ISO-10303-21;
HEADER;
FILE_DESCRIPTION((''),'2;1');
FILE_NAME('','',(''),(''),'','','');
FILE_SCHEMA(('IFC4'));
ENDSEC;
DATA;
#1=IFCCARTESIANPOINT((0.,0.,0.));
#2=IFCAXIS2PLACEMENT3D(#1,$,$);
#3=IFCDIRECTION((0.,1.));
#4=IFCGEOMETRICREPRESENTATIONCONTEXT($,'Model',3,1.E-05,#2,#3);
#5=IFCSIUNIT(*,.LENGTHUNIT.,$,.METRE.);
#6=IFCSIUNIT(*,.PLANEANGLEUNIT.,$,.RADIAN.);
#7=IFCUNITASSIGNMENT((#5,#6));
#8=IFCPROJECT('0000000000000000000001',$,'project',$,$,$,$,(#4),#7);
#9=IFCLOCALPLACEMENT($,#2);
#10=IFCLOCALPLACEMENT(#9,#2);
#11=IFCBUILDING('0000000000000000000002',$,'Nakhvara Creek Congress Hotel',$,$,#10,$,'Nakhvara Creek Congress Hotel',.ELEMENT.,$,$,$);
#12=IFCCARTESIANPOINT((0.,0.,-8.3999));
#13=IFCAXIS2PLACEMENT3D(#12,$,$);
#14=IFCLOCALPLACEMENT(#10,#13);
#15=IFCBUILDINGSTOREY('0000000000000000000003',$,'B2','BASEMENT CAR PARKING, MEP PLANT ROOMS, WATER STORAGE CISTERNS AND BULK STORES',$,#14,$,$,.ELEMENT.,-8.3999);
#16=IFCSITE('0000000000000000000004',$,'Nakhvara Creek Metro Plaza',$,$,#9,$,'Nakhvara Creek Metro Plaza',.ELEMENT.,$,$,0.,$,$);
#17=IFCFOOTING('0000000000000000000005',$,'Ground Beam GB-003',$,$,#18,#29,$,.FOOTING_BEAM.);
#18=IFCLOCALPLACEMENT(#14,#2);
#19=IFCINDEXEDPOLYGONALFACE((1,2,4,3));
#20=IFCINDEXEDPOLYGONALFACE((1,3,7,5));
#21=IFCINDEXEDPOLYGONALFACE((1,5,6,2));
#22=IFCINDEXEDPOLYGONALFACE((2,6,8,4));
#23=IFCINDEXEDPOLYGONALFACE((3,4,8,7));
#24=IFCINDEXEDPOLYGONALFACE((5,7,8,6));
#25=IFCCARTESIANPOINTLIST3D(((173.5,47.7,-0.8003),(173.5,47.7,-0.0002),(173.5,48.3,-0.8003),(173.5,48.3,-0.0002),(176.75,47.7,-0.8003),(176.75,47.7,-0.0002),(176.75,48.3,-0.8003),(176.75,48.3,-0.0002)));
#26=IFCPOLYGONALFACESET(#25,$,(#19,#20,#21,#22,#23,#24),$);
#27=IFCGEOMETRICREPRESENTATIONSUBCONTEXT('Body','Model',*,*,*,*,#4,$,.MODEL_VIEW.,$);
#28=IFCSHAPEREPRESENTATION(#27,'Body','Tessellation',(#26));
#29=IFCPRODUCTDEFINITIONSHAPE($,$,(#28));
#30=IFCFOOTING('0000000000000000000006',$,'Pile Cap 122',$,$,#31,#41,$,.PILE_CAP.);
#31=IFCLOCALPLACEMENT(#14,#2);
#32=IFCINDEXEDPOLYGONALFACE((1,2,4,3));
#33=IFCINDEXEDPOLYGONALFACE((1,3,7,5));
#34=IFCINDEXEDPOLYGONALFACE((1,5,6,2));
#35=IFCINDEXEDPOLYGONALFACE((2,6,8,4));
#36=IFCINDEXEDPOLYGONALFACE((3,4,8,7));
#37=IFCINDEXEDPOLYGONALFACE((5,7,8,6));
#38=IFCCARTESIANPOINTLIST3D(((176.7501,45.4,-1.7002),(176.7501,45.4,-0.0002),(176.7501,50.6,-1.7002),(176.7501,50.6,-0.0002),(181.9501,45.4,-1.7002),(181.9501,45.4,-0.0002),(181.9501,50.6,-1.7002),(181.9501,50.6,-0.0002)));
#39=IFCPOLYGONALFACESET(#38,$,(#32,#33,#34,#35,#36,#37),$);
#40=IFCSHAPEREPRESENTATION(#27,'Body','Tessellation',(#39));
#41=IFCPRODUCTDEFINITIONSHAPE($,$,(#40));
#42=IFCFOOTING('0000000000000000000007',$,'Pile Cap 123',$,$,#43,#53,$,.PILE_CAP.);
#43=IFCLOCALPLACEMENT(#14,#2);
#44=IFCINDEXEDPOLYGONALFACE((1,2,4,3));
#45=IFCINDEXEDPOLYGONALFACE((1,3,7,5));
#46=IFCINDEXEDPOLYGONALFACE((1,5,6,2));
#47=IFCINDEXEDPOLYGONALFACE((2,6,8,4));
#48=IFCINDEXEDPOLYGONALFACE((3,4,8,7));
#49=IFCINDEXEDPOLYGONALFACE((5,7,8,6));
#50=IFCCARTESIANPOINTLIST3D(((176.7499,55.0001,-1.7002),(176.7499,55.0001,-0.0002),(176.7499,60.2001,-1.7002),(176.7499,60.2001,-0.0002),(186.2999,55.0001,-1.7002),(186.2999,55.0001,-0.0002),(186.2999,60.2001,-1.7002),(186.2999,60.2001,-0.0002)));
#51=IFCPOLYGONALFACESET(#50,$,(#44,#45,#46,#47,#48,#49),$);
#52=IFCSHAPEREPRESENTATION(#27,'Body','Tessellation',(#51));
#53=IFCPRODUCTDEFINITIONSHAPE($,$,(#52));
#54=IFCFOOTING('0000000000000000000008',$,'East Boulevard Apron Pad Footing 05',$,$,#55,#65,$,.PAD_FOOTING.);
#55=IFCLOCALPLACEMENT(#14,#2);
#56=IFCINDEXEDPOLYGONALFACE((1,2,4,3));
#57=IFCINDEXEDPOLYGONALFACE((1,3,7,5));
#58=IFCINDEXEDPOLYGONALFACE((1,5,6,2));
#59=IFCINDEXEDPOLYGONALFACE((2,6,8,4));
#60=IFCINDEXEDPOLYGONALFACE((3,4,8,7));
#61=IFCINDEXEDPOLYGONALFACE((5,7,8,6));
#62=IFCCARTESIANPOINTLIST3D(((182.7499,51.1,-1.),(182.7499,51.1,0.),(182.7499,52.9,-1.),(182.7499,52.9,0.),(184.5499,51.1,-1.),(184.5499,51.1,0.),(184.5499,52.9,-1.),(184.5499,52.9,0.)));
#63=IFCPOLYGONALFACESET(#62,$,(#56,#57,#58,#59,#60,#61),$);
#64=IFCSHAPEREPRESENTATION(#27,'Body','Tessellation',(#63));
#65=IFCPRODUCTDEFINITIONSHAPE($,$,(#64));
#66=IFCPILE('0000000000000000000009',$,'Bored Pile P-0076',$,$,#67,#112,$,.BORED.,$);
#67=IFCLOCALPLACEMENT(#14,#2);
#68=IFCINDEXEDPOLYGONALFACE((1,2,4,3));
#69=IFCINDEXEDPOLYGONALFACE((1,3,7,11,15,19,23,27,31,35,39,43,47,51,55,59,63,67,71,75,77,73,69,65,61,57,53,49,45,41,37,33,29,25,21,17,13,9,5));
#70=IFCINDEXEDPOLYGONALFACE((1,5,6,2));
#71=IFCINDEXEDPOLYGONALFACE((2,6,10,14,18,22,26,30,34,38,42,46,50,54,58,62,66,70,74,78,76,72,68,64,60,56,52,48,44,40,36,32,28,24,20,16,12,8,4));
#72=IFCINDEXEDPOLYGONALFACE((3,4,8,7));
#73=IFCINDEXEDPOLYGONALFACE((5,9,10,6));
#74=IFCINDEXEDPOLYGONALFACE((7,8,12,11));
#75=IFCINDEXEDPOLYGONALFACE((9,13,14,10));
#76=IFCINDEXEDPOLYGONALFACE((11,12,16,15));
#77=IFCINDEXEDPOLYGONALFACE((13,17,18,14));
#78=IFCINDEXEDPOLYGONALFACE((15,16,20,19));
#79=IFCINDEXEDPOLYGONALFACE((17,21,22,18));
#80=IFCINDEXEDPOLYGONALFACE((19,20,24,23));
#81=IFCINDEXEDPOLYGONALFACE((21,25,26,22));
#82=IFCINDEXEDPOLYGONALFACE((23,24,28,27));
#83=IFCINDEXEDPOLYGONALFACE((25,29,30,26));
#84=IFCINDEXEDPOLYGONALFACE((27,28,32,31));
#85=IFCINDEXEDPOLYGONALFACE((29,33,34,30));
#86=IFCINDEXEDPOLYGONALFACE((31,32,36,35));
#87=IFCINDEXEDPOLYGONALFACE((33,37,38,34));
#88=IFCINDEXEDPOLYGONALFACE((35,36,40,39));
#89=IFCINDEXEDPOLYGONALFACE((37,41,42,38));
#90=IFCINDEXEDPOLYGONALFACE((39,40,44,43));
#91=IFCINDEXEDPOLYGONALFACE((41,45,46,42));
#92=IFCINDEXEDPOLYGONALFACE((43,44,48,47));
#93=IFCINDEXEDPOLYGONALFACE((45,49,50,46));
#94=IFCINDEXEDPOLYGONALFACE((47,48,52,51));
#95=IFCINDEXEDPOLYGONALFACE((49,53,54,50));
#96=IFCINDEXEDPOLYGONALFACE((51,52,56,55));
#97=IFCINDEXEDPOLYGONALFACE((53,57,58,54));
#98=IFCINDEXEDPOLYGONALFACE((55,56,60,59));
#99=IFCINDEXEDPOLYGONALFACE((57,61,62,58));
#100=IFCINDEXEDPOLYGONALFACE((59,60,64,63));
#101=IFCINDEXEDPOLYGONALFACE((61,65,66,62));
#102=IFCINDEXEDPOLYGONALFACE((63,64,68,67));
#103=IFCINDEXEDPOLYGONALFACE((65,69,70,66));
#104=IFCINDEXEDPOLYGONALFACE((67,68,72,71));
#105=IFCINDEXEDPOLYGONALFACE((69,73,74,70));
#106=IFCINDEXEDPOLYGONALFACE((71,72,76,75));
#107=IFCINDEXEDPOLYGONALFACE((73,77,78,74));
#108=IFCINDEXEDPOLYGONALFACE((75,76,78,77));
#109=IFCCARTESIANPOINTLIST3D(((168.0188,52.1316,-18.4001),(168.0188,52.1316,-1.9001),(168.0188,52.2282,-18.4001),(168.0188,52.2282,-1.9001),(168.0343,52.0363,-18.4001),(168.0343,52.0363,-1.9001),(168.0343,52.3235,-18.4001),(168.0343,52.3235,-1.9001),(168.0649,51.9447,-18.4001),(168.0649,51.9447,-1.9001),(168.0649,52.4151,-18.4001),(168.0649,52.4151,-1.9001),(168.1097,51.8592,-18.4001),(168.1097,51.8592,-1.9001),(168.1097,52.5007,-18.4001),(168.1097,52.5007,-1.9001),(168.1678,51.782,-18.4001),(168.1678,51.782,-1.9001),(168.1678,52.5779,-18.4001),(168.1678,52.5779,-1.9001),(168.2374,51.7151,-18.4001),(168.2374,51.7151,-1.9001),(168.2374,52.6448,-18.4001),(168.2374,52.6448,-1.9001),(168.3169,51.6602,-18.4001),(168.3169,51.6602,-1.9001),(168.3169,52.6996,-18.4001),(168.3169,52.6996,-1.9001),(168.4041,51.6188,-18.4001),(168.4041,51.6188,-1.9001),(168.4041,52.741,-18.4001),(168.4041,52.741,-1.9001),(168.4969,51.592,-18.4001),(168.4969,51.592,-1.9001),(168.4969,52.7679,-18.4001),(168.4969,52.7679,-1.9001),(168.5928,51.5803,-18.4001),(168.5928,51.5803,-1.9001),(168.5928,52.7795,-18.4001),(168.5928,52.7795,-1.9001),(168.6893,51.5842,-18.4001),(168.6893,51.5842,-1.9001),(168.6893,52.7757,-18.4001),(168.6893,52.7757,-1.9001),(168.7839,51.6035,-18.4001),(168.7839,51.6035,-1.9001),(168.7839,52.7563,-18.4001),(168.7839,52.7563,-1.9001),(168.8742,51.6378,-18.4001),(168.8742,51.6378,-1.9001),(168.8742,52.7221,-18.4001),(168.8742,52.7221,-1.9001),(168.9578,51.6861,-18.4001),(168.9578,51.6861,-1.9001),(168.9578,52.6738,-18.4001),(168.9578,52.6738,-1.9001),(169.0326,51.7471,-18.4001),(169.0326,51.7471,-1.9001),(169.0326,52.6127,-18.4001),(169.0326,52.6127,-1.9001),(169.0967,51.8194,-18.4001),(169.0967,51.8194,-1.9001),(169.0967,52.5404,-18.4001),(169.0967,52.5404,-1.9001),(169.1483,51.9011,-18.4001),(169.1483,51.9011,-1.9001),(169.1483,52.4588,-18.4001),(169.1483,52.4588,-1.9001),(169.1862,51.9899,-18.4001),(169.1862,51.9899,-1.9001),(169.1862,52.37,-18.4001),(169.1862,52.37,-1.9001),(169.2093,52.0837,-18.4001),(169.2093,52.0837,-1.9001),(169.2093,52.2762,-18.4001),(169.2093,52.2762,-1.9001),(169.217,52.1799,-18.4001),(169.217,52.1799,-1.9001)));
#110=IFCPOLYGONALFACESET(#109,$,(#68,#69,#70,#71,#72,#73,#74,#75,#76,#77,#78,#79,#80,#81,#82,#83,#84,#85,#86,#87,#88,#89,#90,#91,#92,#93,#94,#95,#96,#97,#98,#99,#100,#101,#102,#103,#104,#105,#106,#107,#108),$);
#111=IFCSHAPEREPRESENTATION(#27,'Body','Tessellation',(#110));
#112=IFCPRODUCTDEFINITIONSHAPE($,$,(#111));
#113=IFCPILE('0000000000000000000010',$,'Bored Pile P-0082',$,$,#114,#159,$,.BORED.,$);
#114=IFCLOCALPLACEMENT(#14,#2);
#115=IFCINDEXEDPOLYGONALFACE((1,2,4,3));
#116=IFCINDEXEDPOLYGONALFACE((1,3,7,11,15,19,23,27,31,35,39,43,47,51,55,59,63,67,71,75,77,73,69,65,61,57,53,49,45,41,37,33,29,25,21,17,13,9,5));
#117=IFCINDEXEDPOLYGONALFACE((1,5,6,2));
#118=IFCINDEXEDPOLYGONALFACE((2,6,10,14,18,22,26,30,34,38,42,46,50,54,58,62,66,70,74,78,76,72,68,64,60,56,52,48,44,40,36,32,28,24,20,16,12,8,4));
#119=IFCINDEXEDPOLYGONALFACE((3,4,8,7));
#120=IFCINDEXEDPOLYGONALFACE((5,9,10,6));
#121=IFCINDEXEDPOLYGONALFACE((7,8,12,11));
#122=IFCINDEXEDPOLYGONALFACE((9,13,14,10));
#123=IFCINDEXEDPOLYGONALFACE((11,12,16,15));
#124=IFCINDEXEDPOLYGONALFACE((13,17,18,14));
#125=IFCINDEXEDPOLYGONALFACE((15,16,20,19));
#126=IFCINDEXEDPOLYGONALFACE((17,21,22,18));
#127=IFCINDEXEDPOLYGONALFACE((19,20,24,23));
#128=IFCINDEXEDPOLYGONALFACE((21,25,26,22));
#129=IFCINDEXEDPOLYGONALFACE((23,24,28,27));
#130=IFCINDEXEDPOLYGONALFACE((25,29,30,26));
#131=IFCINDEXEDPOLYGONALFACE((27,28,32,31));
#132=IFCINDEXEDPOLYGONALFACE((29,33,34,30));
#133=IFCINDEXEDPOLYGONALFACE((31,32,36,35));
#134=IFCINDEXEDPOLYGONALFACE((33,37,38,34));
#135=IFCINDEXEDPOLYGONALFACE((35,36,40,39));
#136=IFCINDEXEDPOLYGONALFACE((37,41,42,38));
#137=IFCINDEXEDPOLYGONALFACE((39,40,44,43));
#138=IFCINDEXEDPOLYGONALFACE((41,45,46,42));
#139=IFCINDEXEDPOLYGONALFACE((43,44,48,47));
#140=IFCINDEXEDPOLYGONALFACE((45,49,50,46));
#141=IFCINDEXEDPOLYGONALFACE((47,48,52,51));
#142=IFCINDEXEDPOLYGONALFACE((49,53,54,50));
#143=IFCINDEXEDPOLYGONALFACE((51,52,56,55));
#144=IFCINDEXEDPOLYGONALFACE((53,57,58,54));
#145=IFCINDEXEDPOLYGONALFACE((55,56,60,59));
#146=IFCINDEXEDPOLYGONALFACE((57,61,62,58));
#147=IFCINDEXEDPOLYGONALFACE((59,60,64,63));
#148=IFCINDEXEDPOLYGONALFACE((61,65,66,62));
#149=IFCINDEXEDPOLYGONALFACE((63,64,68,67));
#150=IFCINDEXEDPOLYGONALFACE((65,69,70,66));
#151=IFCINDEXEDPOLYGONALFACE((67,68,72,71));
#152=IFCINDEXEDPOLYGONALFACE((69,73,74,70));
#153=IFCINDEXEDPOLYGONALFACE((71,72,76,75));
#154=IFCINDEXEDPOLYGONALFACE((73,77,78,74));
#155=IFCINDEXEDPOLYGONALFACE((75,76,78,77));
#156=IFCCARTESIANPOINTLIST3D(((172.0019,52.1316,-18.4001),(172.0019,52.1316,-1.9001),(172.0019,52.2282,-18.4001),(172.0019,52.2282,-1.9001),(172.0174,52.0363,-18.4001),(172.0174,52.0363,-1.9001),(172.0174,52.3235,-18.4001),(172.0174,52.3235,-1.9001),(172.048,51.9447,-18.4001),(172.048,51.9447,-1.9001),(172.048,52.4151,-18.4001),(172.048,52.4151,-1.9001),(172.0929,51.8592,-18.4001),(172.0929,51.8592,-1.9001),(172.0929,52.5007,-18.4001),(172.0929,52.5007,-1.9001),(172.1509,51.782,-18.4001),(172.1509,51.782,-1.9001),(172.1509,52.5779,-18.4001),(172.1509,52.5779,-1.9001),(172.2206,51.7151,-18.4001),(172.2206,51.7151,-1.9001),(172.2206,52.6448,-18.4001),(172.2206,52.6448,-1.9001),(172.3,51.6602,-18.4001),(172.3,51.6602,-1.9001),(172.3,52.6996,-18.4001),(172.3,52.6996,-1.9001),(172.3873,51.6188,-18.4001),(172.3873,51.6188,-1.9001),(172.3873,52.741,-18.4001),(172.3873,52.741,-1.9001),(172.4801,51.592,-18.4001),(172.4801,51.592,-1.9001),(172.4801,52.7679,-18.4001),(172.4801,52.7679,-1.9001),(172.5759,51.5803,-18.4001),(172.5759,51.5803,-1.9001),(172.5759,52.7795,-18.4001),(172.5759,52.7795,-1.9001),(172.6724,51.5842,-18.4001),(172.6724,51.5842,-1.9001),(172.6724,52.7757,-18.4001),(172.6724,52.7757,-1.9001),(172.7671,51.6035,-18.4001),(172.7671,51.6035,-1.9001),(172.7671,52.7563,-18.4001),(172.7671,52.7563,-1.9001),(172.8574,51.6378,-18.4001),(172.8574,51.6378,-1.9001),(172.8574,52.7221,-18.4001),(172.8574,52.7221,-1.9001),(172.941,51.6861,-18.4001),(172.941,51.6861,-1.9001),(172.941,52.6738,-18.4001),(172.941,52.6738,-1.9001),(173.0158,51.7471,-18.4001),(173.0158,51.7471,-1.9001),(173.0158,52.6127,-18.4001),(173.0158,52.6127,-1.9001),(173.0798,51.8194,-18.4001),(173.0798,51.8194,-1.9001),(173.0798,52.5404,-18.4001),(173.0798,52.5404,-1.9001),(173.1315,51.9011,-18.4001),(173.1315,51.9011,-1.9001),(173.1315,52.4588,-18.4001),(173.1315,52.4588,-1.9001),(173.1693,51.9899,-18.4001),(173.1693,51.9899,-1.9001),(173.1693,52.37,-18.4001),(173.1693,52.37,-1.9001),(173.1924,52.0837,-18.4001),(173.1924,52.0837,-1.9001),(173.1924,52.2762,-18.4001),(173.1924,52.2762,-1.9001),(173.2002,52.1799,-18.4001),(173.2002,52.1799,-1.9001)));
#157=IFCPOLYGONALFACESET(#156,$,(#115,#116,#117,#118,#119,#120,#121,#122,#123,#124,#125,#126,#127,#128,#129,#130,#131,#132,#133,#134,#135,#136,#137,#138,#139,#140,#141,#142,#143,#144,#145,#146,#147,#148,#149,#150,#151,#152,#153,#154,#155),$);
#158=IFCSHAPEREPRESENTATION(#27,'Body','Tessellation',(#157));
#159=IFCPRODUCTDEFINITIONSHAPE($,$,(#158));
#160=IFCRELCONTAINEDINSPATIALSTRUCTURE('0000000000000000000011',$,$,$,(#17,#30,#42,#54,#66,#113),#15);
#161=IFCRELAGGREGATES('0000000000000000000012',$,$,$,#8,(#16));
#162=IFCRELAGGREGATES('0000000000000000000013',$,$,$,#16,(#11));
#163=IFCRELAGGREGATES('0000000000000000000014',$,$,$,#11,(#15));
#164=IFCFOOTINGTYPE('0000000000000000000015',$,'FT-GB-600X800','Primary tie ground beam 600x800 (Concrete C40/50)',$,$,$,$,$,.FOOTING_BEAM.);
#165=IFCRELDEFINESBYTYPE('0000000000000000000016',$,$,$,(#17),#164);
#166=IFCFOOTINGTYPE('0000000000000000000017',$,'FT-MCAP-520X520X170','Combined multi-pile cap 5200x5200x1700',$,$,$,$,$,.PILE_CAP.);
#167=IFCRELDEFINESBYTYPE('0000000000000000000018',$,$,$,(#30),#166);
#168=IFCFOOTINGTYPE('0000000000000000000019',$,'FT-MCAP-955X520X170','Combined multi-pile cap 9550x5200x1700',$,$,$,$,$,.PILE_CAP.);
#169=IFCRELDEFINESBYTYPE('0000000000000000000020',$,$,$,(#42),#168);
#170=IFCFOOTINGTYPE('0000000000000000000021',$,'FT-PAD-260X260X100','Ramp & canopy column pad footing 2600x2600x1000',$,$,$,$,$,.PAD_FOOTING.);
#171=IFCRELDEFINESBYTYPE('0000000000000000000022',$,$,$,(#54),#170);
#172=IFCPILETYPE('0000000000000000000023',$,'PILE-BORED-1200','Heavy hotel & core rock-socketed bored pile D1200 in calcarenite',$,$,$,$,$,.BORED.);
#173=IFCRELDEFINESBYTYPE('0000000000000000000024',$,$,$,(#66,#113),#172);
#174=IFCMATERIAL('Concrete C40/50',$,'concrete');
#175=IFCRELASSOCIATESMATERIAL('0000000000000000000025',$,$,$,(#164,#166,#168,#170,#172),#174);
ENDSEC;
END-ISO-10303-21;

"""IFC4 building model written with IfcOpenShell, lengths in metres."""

from ifc_helpers import new_model, si_unit, direction, frame, origin, origin_2d, place, context, subcontext, project, spatial, rectangle, circle, extrude, material, material_profile, profile_set, type_object, element, save


model = new_model("IFC4")

# Units and contexts
model_context = context("Model", 3, precision=1e-05, world=origin(), true_north=direction((0.0, 1.0)))
body_context = subcontext(model_context, "Body", "Model", "MODEL_VIEW")
ifc_project = project(units=[si_unit("LENGTHUNIT", "METRE"), si_unit("PLANEANGLEUNIT", "RADIAN")], contexts=[model_context])

# Site, building, storey
site_placement = place(None, origin())
site = spatial("IfcSite", under=ifc_project, at=site_placement, Name="Nakhvara Creek Metro Plaza", LongName="Nakhvara Creek Metro Plaza", CompositionType="ELEMENT", RefElevation=0.0)
building_placement = place(site_placement, origin())
building = spatial("IfcBuilding", under=site, at=building_placement, Name="Nakhvara Creek Congress Hotel", LongName="Nakhvara Creek Congress Hotel", CompositionType="ELEMENT")
storey_placement = place(building_placement, frame((0.0, 0.0, -8.3999)))
storey = spatial("IfcBuildingStorey", under=building, at=storey_placement, Name="B2", Description="BASEMENT CAR PARKING, MEP PLANT ROOMS, WATER STORAGE CISTERNS AND BULK STORES", CompositionType="ELEMENT", Elevation=-8.3999)

# Footings
ifc_material_1 = material(Name="Concrete C40/50", Category="concrete")
footing_type_1 = type_object("IfcFootingType", Name="FT-GB-600X800", Description="Primary tie ground beam 600x800 (Concrete C40/50)", PredefinedType="FOOTING_BEAM", material=ifc_material_1)
footing_1_placement = place(storey_placement, frame((175.125, 48.0, -0.8003), z_axis=(0.0, 0.0, 1.0), x_axis=(1.0, 0.0, 0.0)))
element("IfcFooting", 1, at=footing_1_placement, inside=storey, type_object=footing_type_1, Name="Ground Beam GB-003", PredefinedType="FOOTING_BEAM", context=body_context, shape_type="SweptSolid", body=[
    extrude(rectangle(XDim=3.25, YDim=0.6001, at=origin_2d()), origin(), (0.0, 0.0, 1.0), 0.8),
])
footing_type_2 = type_object("IfcFootingType", Name="FT-MCAP-520X520X170", Description="Combined multi-pile cap 5200x5200x1700", PredefinedType="PILE_CAP", material=ifc_material_1)
footing_2_placement = place(storey_placement, frame((179.3501, 48.0, -1.7002), z_axis=(0.0, 0.0, 1.0), x_axis=(1.0, 0.0, 0.0)))
element("IfcFooting", 2, at=footing_2_placement, inside=storey, type_object=footing_type_2, Name="Pile Cap 122", PredefinedType="PILE_CAP", context=body_context, shape_type="SweptSolid", body=[
    extrude(rectangle(XDim=5.2, YDim=5.2, at=origin_2d()), origin(), (0.0, 0.0, 1.0), 1.7),
])
footing_type_3 = type_object("IfcFootingType", Name="FT-MCAP-955X520X170", Description="Combined multi-pile cap 9550x5200x1700", PredefinedType="PILE_CAP", material=ifc_material_1)
footing_3_placement = place(storey_placement, frame((181.5249, 57.6001, -1.7002), z_axis=(0.0, 0.0, 1.0), x_axis=(1.0, 0.0, 0.0)))
element("IfcFooting", 3, at=footing_3_placement, inside=storey, type_object=footing_type_3, Name="Pile Cap 123", PredefinedType="PILE_CAP", context=body_context, shape_type="SweptSolid", body=[
    extrude(rectangle(XDim=9.55, YDim=5.2, at=origin_2d()), origin(), (0.0, 0.0, 1.0), 1.7),
])
footing_type_4 = type_object("IfcFootingType", Name="FT-PAD-260X260X100", Description="Ramp & canopy column pad footing 2600x2600x1000", PredefinedType="PAD_FOOTING", material=ifc_material_1)
footing_4_placement = place(storey_placement, frame((183.6499, 52.0, -1.0), z_axis=(0.0, 0.0, 1.0), x_axis=(1.0, 0.0, 0.0)))
element("IfcFooting", 4, at=footing_4_placement, inside=storey, type_object=footing_type_4, Name="East Boulevard Apron Pad Footing 05", PredefinedType="PAD_FOOTING", context=body_context, shape_type="SweptSolid", body=[
    extrude(rectangle(XDim=1.8, YDim=1.8, at=origin_2d()), origin(), (0.0, 0.0, 1.0), 1.0),
])

# Piles
ifc_material_profile_1 = material_profile(ifc_material_1, circle(Radius=0.6001, at=origin_2d()), Name="BORED PILE D1200", Category="LoadBearing")
ifc_profile_set_1 = profile_set([ifc_material_profile_1], Name="Concrete C40/50")
pile_type = type_object("IfcPileType", Name="PILE-BORED-1200", Description="Heavy hotel & core rock-socketed bored pile D1200 in calcarenite", PredefinedType="BORED", material=ifc_profile_set_1)
for number, where, z_axis, x_axis, name in (
    (5, (168.6169, 52.1799, -1.9001), (0.0, 0.0, -1.0), (1.0, 0.0, 0.0), "Bored Pile P-0076"),
    (6, (172.6001, 52.1799, -1.9001), (0.0, 0.0, -1.0), (1.0, 0.0, 0.0), "Bored Pile P-0082"),
):
    element("IfcPile", number, at=place(storey_placement, frame(where, z_axis=z_axis, x_axis=x_axis)), inside=storey, type_object=pile_type, Name=name, PredefinedType="BORED", context=body_context, shape_type="SweptSolid", body=[
        extrude(circle(Radius=0.6001, at=origin_2d()), origin(), (0.0, 0.0, 1.0), 16.5),
    ])

save(model, "model.ifc")
